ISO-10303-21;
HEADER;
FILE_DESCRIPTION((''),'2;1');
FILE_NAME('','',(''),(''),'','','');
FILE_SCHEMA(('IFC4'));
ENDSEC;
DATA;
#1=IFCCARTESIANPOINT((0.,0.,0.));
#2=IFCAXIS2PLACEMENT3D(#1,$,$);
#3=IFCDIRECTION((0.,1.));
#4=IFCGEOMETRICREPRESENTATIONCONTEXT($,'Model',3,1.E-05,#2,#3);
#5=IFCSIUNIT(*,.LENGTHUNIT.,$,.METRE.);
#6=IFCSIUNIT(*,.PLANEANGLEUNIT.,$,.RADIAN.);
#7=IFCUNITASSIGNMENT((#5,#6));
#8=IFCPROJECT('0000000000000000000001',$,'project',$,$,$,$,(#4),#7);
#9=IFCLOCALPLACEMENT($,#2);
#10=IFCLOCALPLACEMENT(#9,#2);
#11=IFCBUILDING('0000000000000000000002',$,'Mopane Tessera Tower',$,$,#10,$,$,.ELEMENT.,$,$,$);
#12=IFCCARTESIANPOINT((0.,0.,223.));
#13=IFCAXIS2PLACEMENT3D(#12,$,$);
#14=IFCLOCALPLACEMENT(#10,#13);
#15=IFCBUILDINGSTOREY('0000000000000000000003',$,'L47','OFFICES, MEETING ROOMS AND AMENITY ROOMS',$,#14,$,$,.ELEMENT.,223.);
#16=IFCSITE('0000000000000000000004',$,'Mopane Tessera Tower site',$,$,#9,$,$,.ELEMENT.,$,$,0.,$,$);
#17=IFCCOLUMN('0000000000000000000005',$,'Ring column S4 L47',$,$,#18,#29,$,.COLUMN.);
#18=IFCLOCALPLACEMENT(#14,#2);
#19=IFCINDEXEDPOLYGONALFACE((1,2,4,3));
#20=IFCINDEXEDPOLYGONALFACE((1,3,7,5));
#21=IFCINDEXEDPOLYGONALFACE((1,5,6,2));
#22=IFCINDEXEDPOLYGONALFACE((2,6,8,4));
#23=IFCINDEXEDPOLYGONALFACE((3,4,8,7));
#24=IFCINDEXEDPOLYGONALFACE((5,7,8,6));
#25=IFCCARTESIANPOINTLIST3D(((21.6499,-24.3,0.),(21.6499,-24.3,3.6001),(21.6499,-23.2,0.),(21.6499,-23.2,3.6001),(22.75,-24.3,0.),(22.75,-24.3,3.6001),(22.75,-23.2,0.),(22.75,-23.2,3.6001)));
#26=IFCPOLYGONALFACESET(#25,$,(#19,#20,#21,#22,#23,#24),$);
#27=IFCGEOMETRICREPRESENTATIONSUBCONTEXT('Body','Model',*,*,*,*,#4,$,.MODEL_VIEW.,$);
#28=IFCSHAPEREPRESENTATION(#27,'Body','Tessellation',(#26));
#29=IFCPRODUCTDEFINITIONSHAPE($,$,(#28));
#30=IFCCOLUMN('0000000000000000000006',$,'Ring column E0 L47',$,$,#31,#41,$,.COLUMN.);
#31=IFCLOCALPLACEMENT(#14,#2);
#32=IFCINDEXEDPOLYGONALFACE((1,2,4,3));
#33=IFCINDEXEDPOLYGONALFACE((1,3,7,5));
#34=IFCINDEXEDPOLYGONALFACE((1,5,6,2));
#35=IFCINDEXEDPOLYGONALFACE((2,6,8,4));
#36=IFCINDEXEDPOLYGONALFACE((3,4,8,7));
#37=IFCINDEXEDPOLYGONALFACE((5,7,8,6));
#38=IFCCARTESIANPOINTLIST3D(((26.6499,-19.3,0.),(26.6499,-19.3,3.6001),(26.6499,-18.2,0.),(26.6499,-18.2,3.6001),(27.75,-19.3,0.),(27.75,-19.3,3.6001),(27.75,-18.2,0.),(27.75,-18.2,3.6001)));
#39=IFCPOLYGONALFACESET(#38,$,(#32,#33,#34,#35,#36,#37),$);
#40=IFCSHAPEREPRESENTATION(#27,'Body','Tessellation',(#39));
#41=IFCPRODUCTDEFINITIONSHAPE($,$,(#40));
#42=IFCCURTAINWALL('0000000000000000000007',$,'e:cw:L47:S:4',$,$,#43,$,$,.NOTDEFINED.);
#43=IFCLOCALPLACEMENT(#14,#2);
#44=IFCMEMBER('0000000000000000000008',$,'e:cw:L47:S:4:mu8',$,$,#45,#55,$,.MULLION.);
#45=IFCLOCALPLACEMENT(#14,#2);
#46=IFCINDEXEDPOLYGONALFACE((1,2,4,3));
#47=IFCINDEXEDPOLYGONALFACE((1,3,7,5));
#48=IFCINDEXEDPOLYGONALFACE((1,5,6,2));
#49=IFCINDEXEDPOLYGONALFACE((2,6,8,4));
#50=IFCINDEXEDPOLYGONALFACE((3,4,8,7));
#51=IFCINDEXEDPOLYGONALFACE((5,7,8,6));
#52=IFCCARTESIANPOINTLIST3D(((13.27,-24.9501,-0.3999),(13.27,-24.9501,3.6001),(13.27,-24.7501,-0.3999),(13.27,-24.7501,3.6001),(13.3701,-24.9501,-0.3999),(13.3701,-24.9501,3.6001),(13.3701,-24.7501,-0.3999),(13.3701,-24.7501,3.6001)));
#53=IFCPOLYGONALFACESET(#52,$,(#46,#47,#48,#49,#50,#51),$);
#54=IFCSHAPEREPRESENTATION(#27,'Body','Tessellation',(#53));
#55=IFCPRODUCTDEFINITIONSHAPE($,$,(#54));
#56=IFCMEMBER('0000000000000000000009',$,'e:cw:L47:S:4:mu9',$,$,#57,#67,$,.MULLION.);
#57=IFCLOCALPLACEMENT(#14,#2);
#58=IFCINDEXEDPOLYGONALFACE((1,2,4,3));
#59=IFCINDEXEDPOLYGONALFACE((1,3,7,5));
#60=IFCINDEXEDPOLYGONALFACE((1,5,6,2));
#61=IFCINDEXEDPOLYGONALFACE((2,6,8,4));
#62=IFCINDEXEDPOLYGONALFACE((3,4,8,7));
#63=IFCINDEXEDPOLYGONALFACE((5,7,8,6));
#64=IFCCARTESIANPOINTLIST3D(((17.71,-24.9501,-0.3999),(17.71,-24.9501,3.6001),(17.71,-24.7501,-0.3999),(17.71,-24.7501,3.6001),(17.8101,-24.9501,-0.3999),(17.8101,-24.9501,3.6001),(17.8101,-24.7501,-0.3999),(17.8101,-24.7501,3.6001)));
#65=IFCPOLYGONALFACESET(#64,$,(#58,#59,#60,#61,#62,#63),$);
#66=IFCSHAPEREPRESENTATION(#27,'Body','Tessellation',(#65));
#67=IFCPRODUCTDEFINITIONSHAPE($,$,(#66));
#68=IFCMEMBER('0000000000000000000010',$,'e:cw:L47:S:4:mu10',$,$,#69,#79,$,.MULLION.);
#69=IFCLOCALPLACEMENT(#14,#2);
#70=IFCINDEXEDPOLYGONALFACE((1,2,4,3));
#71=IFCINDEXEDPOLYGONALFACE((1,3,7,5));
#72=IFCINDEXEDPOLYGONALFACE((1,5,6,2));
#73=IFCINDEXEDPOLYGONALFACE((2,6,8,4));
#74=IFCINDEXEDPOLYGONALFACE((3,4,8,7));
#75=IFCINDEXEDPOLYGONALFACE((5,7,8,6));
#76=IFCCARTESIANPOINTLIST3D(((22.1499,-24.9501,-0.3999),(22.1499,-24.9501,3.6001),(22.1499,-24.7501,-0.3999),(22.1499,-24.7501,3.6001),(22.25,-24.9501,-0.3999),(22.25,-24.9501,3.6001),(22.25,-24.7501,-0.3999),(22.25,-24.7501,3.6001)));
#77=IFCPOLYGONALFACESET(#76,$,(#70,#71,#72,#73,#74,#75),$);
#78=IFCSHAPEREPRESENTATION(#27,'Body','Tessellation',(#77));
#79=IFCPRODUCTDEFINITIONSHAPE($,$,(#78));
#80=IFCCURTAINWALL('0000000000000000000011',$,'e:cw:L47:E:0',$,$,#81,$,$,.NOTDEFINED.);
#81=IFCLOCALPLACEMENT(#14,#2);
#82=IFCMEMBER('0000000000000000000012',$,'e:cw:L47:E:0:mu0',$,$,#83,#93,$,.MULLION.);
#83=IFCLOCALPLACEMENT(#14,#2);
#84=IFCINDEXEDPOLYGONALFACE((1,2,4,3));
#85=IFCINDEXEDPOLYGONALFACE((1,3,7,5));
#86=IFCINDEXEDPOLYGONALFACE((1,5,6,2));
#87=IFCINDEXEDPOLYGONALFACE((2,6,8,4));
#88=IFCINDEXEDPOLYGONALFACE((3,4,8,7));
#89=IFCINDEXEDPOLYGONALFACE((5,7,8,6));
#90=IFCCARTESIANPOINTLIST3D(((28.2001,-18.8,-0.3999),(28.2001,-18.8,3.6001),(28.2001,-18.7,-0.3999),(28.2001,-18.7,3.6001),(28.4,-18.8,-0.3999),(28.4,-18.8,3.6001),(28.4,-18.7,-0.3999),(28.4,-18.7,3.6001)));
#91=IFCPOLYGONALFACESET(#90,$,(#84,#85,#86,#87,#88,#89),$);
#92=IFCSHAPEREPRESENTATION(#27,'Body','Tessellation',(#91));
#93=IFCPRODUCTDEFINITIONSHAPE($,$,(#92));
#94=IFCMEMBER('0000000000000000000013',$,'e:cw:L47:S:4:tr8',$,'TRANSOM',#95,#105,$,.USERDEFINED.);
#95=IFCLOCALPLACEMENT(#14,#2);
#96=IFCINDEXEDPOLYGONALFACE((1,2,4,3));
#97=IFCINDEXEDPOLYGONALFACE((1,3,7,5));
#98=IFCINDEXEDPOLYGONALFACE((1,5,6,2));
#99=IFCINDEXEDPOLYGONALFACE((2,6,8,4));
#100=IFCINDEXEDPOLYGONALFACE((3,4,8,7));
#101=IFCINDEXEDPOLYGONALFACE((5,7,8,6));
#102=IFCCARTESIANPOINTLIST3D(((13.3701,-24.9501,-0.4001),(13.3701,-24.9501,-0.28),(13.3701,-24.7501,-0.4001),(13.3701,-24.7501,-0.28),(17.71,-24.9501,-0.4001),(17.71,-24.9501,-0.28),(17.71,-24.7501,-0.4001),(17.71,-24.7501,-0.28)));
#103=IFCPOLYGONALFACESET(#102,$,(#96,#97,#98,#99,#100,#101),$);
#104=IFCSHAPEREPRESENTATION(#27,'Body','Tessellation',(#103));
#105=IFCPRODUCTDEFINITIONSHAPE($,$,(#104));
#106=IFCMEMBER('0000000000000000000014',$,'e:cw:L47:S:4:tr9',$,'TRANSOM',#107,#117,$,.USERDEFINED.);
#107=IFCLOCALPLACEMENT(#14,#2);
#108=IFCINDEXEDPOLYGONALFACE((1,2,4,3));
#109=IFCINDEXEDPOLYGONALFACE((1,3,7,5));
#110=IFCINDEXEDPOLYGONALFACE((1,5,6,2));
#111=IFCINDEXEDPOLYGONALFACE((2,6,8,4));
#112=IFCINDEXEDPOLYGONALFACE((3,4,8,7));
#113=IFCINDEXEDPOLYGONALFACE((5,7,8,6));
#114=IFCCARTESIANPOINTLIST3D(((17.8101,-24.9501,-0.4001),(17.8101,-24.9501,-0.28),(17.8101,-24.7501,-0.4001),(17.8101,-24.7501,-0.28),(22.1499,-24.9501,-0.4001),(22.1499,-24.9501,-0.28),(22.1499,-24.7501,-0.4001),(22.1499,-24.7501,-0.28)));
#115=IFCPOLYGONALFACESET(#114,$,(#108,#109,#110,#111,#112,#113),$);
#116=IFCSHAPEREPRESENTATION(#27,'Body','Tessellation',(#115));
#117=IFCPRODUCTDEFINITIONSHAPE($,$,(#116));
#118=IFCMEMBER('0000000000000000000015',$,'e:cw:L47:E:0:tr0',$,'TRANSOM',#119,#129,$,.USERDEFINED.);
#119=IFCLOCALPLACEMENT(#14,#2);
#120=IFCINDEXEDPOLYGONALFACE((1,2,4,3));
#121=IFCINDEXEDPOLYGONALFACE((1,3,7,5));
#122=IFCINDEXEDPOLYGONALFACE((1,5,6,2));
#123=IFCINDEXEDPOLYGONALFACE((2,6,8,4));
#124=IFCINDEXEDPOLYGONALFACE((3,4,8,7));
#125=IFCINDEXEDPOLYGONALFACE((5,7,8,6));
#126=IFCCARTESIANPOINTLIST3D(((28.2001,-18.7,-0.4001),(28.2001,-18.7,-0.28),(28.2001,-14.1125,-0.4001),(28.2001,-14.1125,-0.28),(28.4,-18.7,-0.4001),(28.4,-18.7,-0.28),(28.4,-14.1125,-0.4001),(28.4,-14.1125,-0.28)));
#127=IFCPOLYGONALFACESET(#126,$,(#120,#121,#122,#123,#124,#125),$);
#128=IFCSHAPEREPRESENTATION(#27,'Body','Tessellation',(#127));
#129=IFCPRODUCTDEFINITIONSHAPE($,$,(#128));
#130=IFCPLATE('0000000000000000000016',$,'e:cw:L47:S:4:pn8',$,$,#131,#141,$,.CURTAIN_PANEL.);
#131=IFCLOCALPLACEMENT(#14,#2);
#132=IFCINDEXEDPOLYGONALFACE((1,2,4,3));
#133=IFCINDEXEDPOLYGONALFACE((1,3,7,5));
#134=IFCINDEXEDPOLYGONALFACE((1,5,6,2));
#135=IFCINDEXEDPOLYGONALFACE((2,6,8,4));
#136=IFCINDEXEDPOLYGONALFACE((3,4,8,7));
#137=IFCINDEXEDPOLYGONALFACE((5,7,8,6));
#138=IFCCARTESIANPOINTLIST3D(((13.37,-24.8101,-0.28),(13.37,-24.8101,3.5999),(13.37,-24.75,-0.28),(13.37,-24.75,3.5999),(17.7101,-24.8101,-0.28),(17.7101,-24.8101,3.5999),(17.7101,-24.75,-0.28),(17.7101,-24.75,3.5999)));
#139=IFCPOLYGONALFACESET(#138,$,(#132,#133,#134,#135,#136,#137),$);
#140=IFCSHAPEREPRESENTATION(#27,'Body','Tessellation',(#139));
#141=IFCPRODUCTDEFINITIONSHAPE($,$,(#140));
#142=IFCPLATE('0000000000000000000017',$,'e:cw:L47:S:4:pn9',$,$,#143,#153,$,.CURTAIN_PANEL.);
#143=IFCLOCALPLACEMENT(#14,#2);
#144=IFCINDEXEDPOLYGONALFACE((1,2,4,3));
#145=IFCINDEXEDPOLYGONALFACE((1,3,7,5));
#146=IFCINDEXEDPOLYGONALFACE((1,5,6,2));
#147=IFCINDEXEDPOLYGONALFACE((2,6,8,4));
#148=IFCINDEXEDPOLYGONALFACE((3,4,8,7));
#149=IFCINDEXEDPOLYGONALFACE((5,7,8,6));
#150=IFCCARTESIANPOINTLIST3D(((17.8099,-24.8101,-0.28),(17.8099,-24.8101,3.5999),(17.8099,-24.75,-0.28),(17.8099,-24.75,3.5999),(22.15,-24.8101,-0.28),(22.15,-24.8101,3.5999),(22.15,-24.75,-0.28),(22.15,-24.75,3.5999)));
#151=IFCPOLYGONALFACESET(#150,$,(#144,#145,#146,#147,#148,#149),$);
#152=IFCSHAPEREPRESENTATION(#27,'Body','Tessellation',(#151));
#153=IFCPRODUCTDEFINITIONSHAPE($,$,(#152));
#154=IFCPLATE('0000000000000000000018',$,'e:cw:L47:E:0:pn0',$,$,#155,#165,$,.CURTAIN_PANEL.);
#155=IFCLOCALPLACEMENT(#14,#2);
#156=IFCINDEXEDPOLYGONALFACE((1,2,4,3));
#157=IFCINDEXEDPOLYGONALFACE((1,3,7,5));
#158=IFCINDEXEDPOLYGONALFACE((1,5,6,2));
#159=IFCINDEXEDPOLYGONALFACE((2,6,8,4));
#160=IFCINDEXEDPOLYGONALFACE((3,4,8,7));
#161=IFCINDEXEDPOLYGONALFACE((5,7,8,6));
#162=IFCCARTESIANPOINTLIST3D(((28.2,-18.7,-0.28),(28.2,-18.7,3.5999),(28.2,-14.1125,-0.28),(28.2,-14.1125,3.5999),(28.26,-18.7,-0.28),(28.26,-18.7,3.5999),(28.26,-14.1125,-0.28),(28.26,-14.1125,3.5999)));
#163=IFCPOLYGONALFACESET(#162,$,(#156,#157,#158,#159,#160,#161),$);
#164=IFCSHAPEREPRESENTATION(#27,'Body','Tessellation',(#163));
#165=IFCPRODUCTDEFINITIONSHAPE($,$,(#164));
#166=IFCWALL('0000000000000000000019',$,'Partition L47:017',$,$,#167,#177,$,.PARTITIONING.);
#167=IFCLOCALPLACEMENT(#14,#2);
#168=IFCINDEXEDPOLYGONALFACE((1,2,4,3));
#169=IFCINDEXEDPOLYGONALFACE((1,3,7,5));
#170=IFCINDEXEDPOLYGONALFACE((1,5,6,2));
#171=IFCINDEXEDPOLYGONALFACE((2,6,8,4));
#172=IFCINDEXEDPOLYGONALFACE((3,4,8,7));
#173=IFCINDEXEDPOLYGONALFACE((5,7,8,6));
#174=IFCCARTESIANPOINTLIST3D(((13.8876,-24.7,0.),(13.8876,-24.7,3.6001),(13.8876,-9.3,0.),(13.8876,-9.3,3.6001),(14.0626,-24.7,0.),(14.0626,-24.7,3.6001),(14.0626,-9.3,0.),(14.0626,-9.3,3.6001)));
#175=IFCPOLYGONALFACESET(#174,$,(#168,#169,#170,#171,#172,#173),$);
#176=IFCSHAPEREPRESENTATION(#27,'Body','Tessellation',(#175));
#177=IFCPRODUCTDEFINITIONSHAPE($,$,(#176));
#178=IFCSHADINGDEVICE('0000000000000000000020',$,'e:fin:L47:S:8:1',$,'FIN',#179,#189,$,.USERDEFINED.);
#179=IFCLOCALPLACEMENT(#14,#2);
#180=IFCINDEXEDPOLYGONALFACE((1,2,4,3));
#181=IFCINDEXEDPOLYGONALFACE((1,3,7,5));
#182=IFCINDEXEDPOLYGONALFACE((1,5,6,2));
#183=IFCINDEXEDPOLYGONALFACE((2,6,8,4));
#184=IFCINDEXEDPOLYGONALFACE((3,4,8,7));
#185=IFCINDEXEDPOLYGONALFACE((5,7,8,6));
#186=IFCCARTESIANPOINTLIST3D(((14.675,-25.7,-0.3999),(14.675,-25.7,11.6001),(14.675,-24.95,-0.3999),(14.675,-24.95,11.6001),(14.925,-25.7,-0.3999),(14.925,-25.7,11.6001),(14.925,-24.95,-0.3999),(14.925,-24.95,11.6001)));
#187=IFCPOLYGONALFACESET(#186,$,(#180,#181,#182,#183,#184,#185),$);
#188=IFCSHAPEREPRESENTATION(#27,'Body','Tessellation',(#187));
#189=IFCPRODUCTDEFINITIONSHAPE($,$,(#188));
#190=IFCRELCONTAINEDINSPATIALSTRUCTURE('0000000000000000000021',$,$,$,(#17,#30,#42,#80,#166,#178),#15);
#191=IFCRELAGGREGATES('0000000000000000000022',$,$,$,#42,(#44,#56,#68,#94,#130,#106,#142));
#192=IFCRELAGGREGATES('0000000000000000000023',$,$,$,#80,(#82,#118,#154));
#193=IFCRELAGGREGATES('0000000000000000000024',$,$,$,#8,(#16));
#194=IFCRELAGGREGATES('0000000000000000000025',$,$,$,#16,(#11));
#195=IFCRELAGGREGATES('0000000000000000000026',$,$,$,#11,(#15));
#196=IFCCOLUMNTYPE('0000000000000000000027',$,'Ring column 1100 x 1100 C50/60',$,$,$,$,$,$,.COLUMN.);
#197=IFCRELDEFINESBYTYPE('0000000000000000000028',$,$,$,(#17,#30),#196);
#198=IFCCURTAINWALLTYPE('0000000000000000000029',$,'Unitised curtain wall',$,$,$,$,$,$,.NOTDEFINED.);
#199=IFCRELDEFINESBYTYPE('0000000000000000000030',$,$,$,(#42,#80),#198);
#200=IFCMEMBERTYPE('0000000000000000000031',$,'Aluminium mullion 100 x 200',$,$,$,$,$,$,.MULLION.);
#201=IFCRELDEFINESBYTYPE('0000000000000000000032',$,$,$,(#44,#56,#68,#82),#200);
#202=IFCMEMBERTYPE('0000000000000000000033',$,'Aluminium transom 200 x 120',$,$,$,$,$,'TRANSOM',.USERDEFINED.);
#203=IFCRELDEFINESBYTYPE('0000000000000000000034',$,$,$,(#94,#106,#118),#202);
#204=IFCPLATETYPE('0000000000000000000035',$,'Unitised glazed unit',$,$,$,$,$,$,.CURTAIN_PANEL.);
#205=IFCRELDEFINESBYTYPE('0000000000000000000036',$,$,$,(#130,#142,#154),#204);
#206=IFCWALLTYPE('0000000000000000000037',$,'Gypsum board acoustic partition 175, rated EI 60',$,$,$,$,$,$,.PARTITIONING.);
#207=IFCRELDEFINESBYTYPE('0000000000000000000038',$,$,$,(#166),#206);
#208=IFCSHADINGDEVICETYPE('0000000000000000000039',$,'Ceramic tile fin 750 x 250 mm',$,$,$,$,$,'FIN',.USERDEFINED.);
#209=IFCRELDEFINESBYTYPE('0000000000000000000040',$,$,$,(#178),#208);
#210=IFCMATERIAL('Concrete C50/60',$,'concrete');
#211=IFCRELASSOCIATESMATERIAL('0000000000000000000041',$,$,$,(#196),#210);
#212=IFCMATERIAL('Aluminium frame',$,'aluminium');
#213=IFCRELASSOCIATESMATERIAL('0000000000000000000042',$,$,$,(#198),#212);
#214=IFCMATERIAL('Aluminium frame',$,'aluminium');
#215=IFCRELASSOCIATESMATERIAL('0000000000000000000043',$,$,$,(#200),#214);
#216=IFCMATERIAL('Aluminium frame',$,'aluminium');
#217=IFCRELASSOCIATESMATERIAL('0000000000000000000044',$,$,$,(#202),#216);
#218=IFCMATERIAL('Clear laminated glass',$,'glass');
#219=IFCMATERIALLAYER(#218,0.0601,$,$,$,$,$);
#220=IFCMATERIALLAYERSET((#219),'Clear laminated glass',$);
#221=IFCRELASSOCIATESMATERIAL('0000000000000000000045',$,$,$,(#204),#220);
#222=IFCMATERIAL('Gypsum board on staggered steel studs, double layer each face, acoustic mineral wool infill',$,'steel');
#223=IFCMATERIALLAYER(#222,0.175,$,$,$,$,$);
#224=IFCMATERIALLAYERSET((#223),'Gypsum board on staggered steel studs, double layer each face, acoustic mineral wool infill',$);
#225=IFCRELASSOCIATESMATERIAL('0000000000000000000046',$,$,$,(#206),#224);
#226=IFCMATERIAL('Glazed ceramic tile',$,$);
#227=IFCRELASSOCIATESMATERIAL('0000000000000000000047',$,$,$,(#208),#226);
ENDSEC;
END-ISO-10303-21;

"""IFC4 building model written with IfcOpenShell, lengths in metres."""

from ifc_helpers import new_model, si_unit, direction, frame, frame_2d, origin, origin_2d, place, context, subcontext, project, spatial, rectangle, extrude, material, layer, layer_set, material_profile, profile_set, type_object, element, aggregate, save


model = new_model("IFC4")

# Units and contexts
model_context = context("Model", 3, precision=1e-05, world=origin(), true_north=direction((0.0, 1.0)))
body_context = subcontext(model_context, "Body", "Model", "MODEL_VIEW")
ifc_project = project(units=[si_unit("LENGTHUNIT", "METRE"), si_unit("PLANEANGLEUNIT", "RADIAN")], contexts=[model_context])

# Site, building, storey
site_placement = place(None, origin())
site = spatial("IfcSite", under=ifc_project, at=site_placement, Name="Mopane Tessera Tower site", CompositionType="ELEMENT", RefElevation=0.0)
building_placement = place(site_placement, origin())
building = spatial("IfcBuilding", under=site, at=building_placement, Name="Mopane Tessera Tower", CompositionType="ELEMENT")
storey_placement = place(building_placement, frame((0.0, 0.0, 223.0)))
storey = spatial("IfcBuildingStorey", under=building, at=storey_placement, Name="L47", Description="OFFICES, MEETING ROOMS AND AMENITY ROOMS", CompositionType="ELEMENT", Elevation=223.0)

# Columns
ifc_material_1 = material(Name="Concrete C50/60", Category="concrete")
ifc_material_profile_1 = material_profile(ifc_material_1, rectangle(XDim=1.1001, YDim=1.1001, at=origin_2d()))
ifc_profile_set_1 = profile_set([ifc_material_profile_1], Name="Concrete C50/60")
column_type = type_object("IfcColumnType", Name="Ring column 1100 x 1100 C50/60", PredefinedType="COLUMN", material=ifc_profile_set_1)
for number, where, z_axis, x_axis, name in (
    (1, (22.2, -23.75, 0.0), (0.0, 0.0, 1.0), (1.0, 0.0, 0.0), "Ring column S4 L47"),
    (2, (27.2, -18.75, 0.0), (0.0, 0.0, 1.0), (1.0, 0.0, 0.0), "Ring column E0 L47"),
):
    element("IfcColumn", number, at=place(storey_placement, frame(where, z_axis=z_axis, x_axis=x_axis)), inside=storey, type_object=column_type, Name=name, PredefinedType="COLUMN", context=body_context, shape_type="SweptSolid", body=[
        extrude(rectangle(XDim=1.1001, YDim=1.1001, at=origin_2d()), origin(), (0.0, 0.0, 1.0), 3.6001),
    ])

# Curtain wall, members
ifc_material_2 = material(Name="Aluminium frame", Category="aluminium")
curtain_wall_type = type_object("IfcCurtainWallType", Name="Unitised curtain wall", PredefinedType="NOTDEFINED", material=ifc_material_2)
curtain_wall_1_placement = place(storey_placement, origin())
curtain_wall_1 = element("IfcCurtainWall", 3, at=curtain_wall_1_placement, inside=storey, type_object=curtain_wall_type, Name="e:cw:L47:S:4", PredefinedType="NOTDEFINED")
ifc_material_3 = material(Name="Aluminium frame", Category="aluminium")
ifc_material_profile_2 = material_profile(ifc_material_3, rectangle(XDim=0.1001, YDim=0.2, at=origin_2d()))
ifc_profile_set_2 = profile_set([ifc_material_profile_2], Name="Aluminium frame")
member_type_1 = type_object("IfcMemberType", Name="Aluminium mullion 100 x 200", PredefinedType="MULLION", material=ifc_profile_set_2)
member_1_placement = place(storey_placement, frame((13.3201, -24.8501, -0.3999), z_axis=(0.0, 0.0, 1.0), x_axis=(1.0, 0.0, 0.0)))
member_1 = element("IfcMember", 4, at=member_1_placement, type_object=member_type_1, Name="e:cw:L47:S:4:mu8", PredefinedType="MULLION", context=body_context, shape_type="SweptSolid", body=[
    extrude(rectangle(XDim=0.1001, YDim=0.2, at=origin_2d()), origin(), (0.0, 0.0, 1.0), 4.0),
])
member_2_placement = place(storey_placement, frame((17.76, -24.8501, -0.3999), z_axis=(0.0, 0.0, 1.0), x_axis=(1.0, 0.0, 0.0)))
member_2 = element("IfcMember", 5, at=member_2_placement, type_object=member_type_1, Name="e:cw:L47:S:4:mu9", PredefinedType="MULLION", context=body_context, shape_type="SweptSolid", body=[
    extrude(rectangle(XDim=0.1001, YDim=0.2, at=origin_2d()), origin(), (0.0, 0.0, 1.0), 4.0),
])
member_3_placement = place(storey_placement, frame((22.2, -24.8501, -0.3999), z_axis=(0.0, 0.0, 1.0), x_axis=(1.0, 0.0, 0.0)))
member_3 = element("IfcMember", 6, at=member_3_placement, type_object=member_type_1, Name="e:cw:L47:S:4:mu10", PredefinedType="MULLION", context=body_context, shape_type="SweptSolid", body=[
    extrude(rectangle(XDim=0.1001, YDim=0.2, at=origin_2d()), origin(), (0.0, 0.0, 1.0), 4.0),
])

# Curtain wall, member
curtain_wall_2_placement = place(storey_placement, origin())
curtain_wall_2 = element("IfcCurtainWall", 7, at=curtain_wall_2_placement, inside=storey, type_object=curtain_wall_type, Name="e:cw:L47:E:0", PredefinedType="NOTDEFINED")
member_4_placement = place(storey_placement, frame((28.3, -18.75, -0.3999), z_axis=(0.0, 0.0, 1.0), x_axis=(0.0, 1.0, 0.0)))
member_4 = element("IfcMember", 8, at=member_4_placement, type_object=member_type_1, Name="e:cw:L47:E:0:mu0", PredefinedType="MULLION", context=body_context, shape_type="SweptSolid", body=[
    extrude(rectangle(XDim=0.1001, YDim=0.2, at=origin_2d()), origin(), (0.0, 0.0, 1.0), 4.0),
])

# Members
ifc_material_4 = material(Name="Aluminium frame", Category="aluminium")
ifc_material_profile_3 = material_profile(ifc_material_4, rectangle(XDim=0.2, YDim=0.1201, at=origin_2d()))
ifc_profile_set_3 = profile_set([ifc_material_profile_3], Name="Aluminium frame")
member_type_2 = type_object("IfcMemberType", Name="Aluminium transom 200 x 120", ElementType="TRANSOM", PredefinedType="USERDEFINED", material=ifc_profile_set_3)
member_5_placement = place(storey_placement, frame((13.3701, -24.8501, -0.3401), z_axis=(1.0, 0.0, 0.0), x_axis=(0.0, 1.0, 0.0)))
member_5 = element("IfcMember", 9, at=member_5_placement, type_object=member_type_2, Name="e:cw:L47:S:4:tr8", ObjectType="TRANSOM", PredefinedType="USERDEFINED", context=body_context, shape_type="SweptSolid", body=[
    extrude(rectangle(XDim=0.2, YDim=0.1201, at=origin_2d()), origin(), (0.0, 0.0, 1.0), 4.3398),
])
member_6_placement = place(storey_placement, frame((17.8101, -24.8501, -0.3401), z_axis=(1.0, 0.0, 0.0), x_axis=(0.0, 1.0, 0.0)))
member_6 = element("IfcMember", 10, at=member_6_placement, type_object=member_type_2, Name="e:cw:L47:S:4:tr9", ObjectType="TRANSOM", PredefinedType="USERDEFINED", context=body_context, shape_type="SweptSolid", body=[
    extrude(rectangle(XDim=0.2, YDim=0.1201, at=origin_2d()), origin(), (0.0, 0.0, 1.0), 4.3398),
])
member_7_placement = place(storey_placement, frame((28.3, -18.7, -0.3401), z_axis=(0.0, 1.0, 0.0), x_axis=(-1.0, 0.0, 0.0)))
member_7 = element("IfcMember", 11, at=member_7_placement, type_object=member_type_2, Name="e:cw:L47:E:0:tr0", ObjectType="TRANSOM", PredefinedType="USERDEFINED", context=body_context, shape_type="SweptSolid", body=[
    extrude(rectangle(XDim=0.2, YDim=0.1201, at=origin_2d()), origin(), (0.0, 0.0, 1.0), 4.5874),
])

# Plates
ifc_material_5 = material(Name="Clear laminated glass", Category="glass")
ifc_layer_1 = layer(ifc_material_5, 0.0601)
ifc_layer_set_1 = layer_set([ifc_layer_1], Name="Clear laminated glass")
plate_type = type_object("IfcPlateType", Name="Unitised glazed unit", PredefinedType="CURTAIN_PANEL", material=ifc_layer_set_1)
plate_1_placement = place(storey_placement, frame((15.54, -24.78, -0.28), z_axis=(0.0, 0.0, 1.0), x_axis=(1.0, 0.0, 0.0)))
plate_1 = element("IfcPlate", 12, at=plate_1_placement, type_object=plate_type, Name="e:cw:L47:S:4:pn8", PredefinedType="CURTAIN_PANEL", context=body_context, shape_type="SweptSolid", body=[
    extrude(rectangle(XDim=4.3401, YDim=0.0601, at=origin_2d()), origin(), (0.0, 0.0, 1.0), 3.8799),
])
plate_2_placement = place(storey_placement, frame((19.98, -24.78, -0.28), z_axis=(0.0, 0.0, 1.0), x_axis=(1.0, 0.0, 0.0)))
plate_2 = element("IfcPlate", 13, at=plate_2_placement, type_object=plate_type, Name="e:cw:L47:S:4:pn9", PredefinedType="CURTAIN_PANEL", context=body_context, shape_type="SweptSolid", body=[
    extrude(rectangle(XDim=4.3401, YDim=0.0601, at=origin_2d()), origin(), (0.0, 0.0, 1.0), 3.8799),
])
aggregate(curtain_wall_1, [member_1, member_2, member_3, member_5, plate_1, member_6, plate_2])
plate_3_placement = place(storey_placement, frame((28.23, -16.4062, -0.28), z_axis=(0.0, 0.0, 1.0), x_axis=(0.0, 1.0, 0.0)))
plate_3 = element("IfcPlate", 14, at=plate_3_placement, type_object=plate_type, Name="e:cw:L47:E:0:pn0", PredefinedType="CURTAIN_PANEL", context=body_context, shape_type="SweptSolid", body=[
    extrude(rectangle(XDim=4.5874, YDim=0.0601, at=origin_2d()), origin(), (0.0, 0.0, 1.0), 3.8799),
])
aggregate(curtain_wall_2, [member_4, member_7, plate_3])

# Wall
ifc_material_6 = material(Name="Gypsum board on staggered steel studs, double layer each face, acoustic mineral wool infill", Category="steel")
ifc_layer_2 = layer(ifc_material_6, 0.175)
ifc_layer_set_2 = layer_set([ifc_layer_2], Name="Gypsum board on staggered steel studs, double layer each face, acoustic mineral wool infill")
wall_type = type_object("IfcWallType", Name="Gypsum board acoustic partition 175, rated EI 60", PredefinedType="PARTITIONING", material=ifc_layer_set_2)
wall_placement = place(storey_placement, frame((13.9751, -24.7, 0.0), z_axis=(0.0, 0.0, 1.0), x_axis=(0.0, 1.0, 0.0)))
element("IfcWall", 15, at=wall_placement, inside=storey, type_object=wall_type, Name="Partition L47:017", PredefinedType="PARTITIONING", context=body_context, shape_type="SweptSolid", body=[
    extrude(rectangle(XDim=15.3999, YDim=0.175, at=frame_2d((7.7, 0.0))), origin(), (0.0, 0.0, 1.0), 3.6001),
])

# Shading device
ifc_material_7 = material(Name="Glazed ceramic tile")
shading_device_type = type_object("IfcShadingDeviceType", Name="Ceramic tile fin 750 x 250 mm", ElementType="FIN", PredefinedType="USERDEFINED", material=ifc_material_7)
for number, where, z_axis, x_axis, name in (
    (16, (14.8, -25.325, -0.3999), (0.0, 0.0, 1.0), (1.0, 0.0, 0.0), "e:fin:L47:S:8:1"),
):
    element("IfcShadingDevice", number, at=place(storey_placement, frame(where, z_axis=z_axis, x_axis=x_axis)), inside=storey, type_object=shading_device_type, Name=name, ObjectType="FIN", PredefinedType="USERDEFINED", context=body_context, shape_type="SweptSolid", body=[
        extrude(rectangle(XDim=0.25, YDim=0.75, at=origin_2d()), origin(), (0.0, 0.0, 1.0), 12.0),
    ])

save(model, "model.ifc")
